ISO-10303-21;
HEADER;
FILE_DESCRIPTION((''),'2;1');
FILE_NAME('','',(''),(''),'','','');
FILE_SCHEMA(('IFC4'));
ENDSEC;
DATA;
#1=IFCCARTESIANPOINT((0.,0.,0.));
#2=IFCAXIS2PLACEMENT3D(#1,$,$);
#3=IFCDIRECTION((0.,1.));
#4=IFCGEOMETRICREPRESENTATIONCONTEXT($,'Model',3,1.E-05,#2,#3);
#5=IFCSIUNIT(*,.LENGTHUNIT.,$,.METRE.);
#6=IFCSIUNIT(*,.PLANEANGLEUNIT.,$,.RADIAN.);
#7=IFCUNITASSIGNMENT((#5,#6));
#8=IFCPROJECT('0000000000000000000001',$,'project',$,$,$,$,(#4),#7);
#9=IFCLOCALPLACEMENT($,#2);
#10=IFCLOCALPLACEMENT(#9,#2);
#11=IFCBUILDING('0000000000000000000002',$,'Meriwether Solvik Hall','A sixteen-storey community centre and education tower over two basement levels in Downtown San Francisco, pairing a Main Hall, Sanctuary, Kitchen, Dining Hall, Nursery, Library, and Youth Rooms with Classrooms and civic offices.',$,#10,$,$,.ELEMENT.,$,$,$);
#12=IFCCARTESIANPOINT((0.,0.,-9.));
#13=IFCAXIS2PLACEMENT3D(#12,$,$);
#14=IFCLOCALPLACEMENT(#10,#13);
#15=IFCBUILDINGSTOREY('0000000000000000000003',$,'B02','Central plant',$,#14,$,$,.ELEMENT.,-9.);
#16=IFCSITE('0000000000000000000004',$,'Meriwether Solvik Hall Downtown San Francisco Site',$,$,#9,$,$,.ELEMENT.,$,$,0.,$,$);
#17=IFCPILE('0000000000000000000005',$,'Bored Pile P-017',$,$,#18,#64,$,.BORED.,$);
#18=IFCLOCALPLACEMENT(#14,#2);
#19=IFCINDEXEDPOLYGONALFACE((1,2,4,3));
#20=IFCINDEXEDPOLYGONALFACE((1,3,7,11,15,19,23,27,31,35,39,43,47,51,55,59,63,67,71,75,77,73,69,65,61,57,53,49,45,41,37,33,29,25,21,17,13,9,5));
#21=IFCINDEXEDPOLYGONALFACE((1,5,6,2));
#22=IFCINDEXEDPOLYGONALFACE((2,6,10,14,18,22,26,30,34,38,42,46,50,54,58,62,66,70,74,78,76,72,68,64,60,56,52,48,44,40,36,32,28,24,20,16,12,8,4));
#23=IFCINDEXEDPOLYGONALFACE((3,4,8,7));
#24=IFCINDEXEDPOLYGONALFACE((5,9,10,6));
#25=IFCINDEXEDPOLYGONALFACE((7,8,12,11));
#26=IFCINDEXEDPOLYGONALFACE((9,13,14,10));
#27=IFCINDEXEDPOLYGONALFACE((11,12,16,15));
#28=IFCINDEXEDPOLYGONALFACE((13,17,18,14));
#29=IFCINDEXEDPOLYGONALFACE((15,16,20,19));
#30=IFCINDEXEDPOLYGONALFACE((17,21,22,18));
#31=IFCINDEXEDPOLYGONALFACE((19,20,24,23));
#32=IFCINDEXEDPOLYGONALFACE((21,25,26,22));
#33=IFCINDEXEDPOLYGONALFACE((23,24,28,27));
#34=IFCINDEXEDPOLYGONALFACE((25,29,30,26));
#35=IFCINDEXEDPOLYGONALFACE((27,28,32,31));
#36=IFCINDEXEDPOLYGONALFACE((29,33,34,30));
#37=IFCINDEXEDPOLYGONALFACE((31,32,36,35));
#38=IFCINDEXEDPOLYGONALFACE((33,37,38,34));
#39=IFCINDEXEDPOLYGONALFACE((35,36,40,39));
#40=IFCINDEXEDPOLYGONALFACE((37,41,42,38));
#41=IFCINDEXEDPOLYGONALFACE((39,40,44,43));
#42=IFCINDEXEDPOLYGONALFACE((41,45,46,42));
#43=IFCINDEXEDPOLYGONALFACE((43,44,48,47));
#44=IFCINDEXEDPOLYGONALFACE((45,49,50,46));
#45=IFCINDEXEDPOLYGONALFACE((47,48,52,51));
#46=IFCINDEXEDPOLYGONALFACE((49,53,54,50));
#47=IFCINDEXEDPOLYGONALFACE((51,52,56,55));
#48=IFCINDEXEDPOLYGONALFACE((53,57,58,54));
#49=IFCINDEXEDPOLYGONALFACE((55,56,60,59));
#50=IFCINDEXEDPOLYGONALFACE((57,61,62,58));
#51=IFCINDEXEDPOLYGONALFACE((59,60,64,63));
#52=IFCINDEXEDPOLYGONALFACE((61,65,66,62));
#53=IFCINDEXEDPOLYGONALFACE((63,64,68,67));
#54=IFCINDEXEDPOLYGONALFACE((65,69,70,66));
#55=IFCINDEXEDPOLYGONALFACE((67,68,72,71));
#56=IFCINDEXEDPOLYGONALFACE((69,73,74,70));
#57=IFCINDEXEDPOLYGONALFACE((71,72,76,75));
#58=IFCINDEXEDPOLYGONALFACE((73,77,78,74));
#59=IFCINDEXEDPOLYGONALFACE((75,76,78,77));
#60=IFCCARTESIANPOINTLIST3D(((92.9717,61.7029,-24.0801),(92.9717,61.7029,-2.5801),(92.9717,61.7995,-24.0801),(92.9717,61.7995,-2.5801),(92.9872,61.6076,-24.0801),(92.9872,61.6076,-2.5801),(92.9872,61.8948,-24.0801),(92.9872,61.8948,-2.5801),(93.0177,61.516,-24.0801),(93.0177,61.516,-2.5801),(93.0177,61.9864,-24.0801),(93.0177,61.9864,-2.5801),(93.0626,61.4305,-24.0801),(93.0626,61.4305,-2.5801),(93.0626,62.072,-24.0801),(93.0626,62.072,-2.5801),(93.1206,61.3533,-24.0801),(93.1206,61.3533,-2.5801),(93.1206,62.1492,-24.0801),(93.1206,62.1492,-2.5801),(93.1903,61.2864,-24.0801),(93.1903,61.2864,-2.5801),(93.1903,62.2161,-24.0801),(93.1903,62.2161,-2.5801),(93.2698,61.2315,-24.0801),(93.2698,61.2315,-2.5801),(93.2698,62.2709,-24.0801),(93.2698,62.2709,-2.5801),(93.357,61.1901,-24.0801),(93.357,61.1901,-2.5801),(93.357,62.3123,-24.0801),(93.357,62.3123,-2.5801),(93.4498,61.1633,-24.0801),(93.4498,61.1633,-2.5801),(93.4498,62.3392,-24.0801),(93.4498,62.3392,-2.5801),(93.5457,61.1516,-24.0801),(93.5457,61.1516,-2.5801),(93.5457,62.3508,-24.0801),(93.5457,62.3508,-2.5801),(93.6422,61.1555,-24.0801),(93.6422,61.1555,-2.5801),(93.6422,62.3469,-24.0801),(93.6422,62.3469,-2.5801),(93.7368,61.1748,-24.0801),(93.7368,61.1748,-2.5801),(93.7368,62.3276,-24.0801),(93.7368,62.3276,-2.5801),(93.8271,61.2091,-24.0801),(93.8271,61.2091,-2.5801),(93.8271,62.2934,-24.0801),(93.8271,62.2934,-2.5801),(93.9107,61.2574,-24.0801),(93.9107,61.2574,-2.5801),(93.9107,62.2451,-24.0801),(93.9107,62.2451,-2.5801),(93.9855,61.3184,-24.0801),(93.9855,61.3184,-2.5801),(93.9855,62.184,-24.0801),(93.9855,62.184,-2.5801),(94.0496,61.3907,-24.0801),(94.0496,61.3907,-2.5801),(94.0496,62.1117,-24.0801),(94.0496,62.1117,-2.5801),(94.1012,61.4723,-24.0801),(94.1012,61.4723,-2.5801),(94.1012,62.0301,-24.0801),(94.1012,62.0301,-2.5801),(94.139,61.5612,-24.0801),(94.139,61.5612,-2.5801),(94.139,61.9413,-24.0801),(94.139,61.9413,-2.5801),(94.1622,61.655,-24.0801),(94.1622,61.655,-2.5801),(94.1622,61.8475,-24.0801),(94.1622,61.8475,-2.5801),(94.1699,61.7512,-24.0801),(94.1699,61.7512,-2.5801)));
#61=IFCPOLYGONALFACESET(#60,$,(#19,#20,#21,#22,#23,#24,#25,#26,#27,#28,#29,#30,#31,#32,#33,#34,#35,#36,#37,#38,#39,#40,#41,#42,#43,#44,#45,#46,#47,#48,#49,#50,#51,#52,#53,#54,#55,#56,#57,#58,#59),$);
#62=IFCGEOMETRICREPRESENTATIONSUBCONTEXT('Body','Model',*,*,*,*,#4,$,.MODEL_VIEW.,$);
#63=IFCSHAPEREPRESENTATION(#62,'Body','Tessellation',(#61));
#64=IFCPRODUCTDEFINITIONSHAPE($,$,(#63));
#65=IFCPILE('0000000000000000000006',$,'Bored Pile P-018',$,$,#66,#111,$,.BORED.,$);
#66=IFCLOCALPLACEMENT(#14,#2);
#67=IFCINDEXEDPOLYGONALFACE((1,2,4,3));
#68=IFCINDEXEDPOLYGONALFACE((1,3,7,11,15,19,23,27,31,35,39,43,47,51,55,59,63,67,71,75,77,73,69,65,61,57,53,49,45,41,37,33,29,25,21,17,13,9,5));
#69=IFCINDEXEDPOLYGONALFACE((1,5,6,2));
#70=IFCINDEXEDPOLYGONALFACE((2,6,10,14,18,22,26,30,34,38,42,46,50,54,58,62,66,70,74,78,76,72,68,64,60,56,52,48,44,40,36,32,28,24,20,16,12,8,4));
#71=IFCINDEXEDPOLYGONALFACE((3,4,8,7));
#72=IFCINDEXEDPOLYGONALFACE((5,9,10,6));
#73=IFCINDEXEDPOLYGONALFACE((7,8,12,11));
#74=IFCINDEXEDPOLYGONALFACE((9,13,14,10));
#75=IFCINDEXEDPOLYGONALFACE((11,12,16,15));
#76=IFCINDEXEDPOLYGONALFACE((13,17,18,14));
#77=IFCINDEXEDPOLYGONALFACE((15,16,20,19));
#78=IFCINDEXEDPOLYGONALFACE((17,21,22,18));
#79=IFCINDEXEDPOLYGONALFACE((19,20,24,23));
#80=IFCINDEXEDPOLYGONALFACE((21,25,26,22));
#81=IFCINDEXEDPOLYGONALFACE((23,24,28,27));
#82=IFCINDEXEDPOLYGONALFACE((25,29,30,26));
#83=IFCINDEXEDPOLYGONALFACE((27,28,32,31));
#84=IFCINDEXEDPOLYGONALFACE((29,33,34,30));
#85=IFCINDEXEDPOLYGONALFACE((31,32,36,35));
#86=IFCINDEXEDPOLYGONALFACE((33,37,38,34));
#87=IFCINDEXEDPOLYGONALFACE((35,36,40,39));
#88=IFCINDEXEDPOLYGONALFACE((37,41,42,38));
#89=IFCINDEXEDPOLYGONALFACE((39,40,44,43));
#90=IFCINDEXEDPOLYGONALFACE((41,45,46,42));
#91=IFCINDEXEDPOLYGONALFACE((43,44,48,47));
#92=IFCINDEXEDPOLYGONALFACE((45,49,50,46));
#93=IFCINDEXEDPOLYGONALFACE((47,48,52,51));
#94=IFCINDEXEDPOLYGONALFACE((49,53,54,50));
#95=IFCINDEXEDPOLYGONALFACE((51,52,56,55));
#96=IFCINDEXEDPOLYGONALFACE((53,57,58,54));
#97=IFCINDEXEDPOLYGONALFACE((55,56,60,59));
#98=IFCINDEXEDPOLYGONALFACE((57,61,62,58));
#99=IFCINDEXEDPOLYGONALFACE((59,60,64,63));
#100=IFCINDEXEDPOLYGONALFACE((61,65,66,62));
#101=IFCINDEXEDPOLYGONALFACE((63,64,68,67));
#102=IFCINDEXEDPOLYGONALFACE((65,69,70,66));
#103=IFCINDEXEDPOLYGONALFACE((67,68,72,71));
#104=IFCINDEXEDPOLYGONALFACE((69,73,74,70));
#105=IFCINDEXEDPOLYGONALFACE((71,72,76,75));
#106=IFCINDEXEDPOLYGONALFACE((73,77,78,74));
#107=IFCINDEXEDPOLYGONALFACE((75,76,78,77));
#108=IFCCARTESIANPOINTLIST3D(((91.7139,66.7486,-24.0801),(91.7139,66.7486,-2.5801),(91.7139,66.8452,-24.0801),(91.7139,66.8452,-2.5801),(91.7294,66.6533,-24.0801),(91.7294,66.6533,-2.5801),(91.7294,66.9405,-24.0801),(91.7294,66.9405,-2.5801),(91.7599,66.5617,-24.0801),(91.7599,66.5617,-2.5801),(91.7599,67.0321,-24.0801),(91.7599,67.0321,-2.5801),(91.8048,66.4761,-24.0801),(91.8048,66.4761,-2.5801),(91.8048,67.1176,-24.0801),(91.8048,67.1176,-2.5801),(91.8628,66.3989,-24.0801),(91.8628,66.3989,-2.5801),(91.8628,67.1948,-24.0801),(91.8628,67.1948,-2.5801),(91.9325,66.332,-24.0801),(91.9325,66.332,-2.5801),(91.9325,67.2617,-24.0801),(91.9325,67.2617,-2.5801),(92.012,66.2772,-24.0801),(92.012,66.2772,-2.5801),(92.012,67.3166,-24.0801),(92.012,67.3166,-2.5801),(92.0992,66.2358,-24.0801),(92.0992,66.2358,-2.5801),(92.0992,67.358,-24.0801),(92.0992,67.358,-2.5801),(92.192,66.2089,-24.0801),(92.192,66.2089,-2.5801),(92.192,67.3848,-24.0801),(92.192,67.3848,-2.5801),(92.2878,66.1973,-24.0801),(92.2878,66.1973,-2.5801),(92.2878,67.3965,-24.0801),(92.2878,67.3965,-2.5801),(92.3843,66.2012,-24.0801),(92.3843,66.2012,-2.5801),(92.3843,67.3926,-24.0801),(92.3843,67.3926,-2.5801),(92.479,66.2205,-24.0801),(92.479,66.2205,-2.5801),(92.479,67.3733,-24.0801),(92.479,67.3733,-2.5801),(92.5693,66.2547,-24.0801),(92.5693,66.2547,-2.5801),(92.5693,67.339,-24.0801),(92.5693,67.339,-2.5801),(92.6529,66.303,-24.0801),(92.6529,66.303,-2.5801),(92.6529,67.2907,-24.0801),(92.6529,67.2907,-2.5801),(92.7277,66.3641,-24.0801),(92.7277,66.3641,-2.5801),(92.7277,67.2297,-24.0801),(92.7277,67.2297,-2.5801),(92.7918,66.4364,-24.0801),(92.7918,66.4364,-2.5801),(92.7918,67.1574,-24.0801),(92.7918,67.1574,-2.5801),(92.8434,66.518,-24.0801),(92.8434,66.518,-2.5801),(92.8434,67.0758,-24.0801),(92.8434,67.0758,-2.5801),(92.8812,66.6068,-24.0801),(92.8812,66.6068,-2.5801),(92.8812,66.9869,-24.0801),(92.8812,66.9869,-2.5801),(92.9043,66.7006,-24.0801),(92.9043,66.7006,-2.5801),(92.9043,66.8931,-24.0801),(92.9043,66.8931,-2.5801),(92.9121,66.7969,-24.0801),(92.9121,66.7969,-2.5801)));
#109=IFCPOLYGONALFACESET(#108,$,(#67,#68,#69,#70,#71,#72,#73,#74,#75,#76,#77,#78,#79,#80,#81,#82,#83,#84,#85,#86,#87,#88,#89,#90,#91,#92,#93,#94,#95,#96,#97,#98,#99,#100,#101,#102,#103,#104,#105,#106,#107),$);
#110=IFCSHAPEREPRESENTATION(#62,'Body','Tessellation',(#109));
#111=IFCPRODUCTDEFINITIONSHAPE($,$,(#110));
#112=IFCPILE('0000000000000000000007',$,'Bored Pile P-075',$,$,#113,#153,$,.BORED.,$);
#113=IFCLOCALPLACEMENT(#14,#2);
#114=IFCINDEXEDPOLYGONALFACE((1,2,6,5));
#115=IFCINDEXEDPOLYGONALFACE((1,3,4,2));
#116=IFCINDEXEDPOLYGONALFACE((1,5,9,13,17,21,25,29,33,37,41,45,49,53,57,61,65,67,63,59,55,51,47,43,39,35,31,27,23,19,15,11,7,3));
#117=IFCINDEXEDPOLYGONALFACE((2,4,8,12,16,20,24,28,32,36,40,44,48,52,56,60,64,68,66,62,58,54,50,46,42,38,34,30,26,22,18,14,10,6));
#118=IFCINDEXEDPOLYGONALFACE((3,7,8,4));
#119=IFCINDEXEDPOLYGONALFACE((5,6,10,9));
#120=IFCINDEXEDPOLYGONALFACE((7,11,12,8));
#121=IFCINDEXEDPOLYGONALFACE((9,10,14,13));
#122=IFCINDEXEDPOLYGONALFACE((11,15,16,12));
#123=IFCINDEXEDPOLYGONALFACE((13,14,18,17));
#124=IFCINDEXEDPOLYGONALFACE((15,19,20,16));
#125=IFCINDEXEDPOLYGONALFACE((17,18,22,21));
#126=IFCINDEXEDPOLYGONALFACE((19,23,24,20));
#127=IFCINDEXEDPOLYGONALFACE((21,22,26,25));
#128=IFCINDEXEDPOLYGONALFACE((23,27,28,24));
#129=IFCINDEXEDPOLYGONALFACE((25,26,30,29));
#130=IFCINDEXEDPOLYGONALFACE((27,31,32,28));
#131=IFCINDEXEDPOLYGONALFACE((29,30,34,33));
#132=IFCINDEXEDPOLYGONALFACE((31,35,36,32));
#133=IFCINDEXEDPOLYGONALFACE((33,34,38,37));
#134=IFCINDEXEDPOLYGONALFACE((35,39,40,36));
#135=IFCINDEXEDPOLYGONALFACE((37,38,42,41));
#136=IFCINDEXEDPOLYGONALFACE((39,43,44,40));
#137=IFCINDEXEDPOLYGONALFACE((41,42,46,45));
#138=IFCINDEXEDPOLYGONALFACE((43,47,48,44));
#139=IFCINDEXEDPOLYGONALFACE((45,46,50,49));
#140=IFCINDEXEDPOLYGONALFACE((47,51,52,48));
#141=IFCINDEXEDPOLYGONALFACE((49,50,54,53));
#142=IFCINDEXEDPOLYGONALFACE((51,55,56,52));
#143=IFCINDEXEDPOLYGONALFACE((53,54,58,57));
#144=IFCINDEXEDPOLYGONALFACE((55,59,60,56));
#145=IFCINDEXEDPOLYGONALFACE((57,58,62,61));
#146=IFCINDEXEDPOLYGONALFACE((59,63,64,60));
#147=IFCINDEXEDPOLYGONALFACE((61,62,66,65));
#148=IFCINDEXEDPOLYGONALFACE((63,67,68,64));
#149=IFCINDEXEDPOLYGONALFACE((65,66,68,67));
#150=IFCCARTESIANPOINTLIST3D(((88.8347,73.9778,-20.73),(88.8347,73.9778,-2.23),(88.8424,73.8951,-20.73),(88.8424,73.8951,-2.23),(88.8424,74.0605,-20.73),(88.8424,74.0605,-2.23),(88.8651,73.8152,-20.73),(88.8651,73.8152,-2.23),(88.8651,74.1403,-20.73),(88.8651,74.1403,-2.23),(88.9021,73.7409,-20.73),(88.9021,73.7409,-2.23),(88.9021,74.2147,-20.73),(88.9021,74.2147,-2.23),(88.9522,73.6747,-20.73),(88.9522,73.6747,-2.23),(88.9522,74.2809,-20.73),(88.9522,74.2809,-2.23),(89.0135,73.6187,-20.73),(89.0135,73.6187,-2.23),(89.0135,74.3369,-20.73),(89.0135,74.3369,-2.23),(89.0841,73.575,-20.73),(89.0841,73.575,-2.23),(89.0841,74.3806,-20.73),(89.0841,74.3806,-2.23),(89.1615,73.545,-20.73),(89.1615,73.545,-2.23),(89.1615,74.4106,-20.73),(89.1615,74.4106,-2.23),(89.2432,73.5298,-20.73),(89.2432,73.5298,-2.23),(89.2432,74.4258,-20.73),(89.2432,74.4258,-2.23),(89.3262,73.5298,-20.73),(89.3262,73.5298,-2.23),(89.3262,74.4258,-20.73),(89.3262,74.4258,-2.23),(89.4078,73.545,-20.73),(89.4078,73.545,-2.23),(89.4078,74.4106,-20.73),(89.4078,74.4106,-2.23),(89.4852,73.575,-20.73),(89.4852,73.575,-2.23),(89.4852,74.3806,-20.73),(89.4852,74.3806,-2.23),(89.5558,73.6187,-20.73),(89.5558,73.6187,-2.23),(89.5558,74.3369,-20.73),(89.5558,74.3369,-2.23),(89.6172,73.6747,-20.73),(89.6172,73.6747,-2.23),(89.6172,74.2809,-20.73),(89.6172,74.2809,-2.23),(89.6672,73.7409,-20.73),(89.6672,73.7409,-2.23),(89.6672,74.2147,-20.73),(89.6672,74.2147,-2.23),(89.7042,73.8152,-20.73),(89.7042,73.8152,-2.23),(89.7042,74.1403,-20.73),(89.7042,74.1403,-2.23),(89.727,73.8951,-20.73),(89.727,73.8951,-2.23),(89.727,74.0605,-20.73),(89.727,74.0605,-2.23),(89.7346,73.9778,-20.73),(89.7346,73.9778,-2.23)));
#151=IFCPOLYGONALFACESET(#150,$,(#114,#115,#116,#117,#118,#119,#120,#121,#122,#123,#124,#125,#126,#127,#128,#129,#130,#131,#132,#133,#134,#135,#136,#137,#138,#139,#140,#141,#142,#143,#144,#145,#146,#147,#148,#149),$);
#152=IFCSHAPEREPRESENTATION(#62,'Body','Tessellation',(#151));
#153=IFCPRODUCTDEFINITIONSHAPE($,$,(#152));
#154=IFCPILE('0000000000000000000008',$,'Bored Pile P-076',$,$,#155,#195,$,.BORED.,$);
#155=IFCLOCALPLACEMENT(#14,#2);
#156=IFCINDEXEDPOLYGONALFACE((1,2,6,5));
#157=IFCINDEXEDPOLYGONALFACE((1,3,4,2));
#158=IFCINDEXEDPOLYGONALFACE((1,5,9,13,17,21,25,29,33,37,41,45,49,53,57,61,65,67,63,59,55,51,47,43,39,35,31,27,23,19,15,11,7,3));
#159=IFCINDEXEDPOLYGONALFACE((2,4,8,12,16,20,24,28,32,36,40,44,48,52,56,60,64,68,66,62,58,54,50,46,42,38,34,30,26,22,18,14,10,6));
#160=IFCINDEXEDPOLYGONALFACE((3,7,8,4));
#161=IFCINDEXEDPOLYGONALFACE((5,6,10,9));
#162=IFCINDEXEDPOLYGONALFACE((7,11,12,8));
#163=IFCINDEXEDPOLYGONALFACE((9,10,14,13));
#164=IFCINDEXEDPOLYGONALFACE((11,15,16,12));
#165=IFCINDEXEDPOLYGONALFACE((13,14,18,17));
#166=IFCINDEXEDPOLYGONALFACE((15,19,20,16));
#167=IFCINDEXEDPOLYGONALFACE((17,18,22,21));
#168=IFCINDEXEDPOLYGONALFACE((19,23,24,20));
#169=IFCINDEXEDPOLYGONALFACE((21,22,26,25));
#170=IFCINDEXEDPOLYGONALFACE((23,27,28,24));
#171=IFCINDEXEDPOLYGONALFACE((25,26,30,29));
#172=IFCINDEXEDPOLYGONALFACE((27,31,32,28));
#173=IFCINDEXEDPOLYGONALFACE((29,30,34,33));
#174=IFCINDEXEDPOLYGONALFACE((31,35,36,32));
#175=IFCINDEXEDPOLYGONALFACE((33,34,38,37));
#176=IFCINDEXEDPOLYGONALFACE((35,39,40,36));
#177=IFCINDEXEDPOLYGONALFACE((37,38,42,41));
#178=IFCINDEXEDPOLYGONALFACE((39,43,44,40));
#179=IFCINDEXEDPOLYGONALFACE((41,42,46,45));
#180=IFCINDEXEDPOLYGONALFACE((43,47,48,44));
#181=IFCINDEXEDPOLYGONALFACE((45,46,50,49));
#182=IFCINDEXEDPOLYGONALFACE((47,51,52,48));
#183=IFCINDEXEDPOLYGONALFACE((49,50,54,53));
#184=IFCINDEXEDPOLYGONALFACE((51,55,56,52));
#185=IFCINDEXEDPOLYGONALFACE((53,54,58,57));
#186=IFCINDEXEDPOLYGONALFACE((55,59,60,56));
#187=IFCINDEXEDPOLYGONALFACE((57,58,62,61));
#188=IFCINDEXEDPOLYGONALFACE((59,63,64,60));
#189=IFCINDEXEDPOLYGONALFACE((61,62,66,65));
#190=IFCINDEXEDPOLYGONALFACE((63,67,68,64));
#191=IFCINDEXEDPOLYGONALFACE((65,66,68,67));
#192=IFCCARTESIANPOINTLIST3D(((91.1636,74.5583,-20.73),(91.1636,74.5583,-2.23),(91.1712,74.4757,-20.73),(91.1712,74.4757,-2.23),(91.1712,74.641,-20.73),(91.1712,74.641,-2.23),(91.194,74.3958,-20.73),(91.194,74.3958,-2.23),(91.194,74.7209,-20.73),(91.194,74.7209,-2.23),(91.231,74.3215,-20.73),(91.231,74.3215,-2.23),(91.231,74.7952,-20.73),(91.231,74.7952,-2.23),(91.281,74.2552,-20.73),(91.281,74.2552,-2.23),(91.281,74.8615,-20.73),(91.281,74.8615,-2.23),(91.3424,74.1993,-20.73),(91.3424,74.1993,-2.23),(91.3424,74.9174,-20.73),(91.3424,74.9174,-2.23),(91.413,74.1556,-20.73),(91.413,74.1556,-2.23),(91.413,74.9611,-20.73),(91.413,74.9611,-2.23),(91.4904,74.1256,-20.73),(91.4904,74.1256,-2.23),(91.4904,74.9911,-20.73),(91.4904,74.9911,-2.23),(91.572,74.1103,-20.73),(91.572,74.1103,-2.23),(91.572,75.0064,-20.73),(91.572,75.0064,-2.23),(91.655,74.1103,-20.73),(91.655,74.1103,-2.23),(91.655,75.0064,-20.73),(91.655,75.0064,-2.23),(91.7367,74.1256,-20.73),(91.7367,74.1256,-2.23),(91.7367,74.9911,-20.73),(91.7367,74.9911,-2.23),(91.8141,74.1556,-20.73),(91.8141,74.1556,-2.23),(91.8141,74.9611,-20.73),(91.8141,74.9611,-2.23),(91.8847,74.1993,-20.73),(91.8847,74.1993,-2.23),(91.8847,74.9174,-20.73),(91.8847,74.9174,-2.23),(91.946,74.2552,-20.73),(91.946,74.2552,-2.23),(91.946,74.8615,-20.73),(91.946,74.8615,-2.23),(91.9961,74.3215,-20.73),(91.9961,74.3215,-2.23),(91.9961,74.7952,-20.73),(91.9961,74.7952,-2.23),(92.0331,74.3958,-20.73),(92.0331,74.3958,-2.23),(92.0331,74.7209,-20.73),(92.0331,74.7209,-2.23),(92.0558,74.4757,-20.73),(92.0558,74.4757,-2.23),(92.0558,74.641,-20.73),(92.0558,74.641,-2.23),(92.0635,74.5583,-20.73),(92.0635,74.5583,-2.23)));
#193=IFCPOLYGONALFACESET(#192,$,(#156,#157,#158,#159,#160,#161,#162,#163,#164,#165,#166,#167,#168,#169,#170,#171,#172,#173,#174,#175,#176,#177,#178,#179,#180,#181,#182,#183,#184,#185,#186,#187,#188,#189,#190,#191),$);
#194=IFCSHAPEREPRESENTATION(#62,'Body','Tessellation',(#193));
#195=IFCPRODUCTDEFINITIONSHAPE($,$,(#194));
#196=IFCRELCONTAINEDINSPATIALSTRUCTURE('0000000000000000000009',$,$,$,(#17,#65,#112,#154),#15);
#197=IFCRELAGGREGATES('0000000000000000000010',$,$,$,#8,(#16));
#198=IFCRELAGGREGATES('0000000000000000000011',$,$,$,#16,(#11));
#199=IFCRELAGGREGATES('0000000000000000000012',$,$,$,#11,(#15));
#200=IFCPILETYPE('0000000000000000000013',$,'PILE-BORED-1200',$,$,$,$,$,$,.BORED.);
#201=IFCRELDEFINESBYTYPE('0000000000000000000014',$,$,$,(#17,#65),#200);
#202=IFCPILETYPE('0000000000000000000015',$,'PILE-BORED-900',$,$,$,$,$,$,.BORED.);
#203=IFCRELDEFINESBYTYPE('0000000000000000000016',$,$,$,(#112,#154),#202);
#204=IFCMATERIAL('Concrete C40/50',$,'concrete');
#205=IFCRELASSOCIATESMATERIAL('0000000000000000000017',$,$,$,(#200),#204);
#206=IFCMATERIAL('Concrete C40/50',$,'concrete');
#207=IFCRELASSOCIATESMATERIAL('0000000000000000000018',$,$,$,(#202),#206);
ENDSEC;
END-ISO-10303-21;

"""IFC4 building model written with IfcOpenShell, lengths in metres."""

from ifc_helpers import new_model, si_unit, direction, frame, origin, origin_2d, place, context, subcontext, project, spatial, circle, extrude, material, material_profile, profile_set, type_object, element, save


model = new_model("IFC4")

# Units and contexts
model_context = context("Model", 3, precision=1e-05, world=origin(), true_north=direction((0.0, 1.0)))
body_context = subcontext(model_context, "Body", "Model", "MODEL_VIEW")
ifc_project = project(units=[si_unit("LENGTHUNIT", "METRE"), si_unit("PLANEANGLEUNIT", "RADIAN")], contexts=[model_context])

# Site, building, storey
site_placement = place(None, origin())
site = spatial("IfcSite", under=ifc_project, at=site_placement, Name="Meriwether Solvik Hall Downtown San Francisco Site", CompositionType="ELEMENT", RefElevation=0.0)
building_placement = place(site_placement, origin())
building = spatial("IfcBuilding", under=site, at=building_placement, Name="Meriwether Solvik Hall", Description="A sixteen-storey community centre and education tower over two basement levels in Downtown San Francisco, pairing a Main Hall, Sanctuary, Kitchen, Dining Hall, Nursery, Library, and Youth Rooms with Classrooms and civic offices.", CompositionType="ELEMENT")
storey_placement = place(building_placement, frame((0.0, 0.0, -9.0)))
storey = spatial("IfcBuildingStorey", under=building, at=storey_placement, Name="B02", Description="Central plant", CompositionType="ELEMENT", Elevation=-9.0)

# Piles
ifc_material_1 = material(Name="Concrete C40/50", Category="concrete")
ifc_material_profile_1 = material_profile(ifc_material_1, circle(Radius=0.6001, at=origin_2d()), Name="PILE-D1200")
ifc_profile_set_1 = profile_set([ifc_material_profile_1], Name="Concrete C40/50")
pile_type_1 = type_object("IfcPileType", Name="PILE-BORED-1200", PredefinedType="BORED", material=ifc_profile_set_1)
for number, where, z_axis, x_axis, name in (
    (1, (93.5698, 61.7512, -2.5801), (0.0, 0.0, -1.0), (1.0, 0.0, 0.0), "Bored Pile P-017"),
    (2, (92.312, 66.7969, -2.5801), (0.0, 0.0, -1.0), (1.0, 0.0, 0.0), "Bored Pile P-018"),
):
    element("IfcPile", number, at=place(storey_placement, frame(where, z_axis=z_axis, x_axis=x_axis)), inside=storey, type_object=pile_type_1, Name=name, PredefinedType="BORED", context=body_context, shape_type="SweptSolid", body=[
        extrude(circle(Radius=0.6001, at=origin_2d()), origin(), (0.0, 0.0, 1.0), 21.5),
    ])
ifc_material_2 = material(Name="Concrete C40/50", Category="concrete")
ifc_material_profile_2 = material_profile(ifc_material_2, circle(Radius=0.45, at=origin_2d()), Name="PILE-D900")
ifc_profile_set_2 = profile_set([ifc_material_profile_2], Name="Concrete C40/50")
pile_type_2 = type_object("IfcPileType", Name="PILE-BORED-900", PredefinedType="BORED", material=ifc_profile_set_2)
for number, where, z_axis, x_axis, name in (
    (3, (89.2847, 73.9778, -2.23), (0.0, 0.0, -1.0), (1.0, 0.0, 0.0), "Bored Pile P-075"),
    (4, (91.6135, 74.5583, -2.23), (0.0, 0.0, -1.0), (1.0, 0.0, 0.0), "Bored Pile P-076"),
):
    element("IfcPile", number, at=place(storey_placement, frame(where, z_axis=z_axis, x_axis=x_axis)), inside=storey, type_object=pile_type_2, Name=name, PredefinedType="BORED", context=body_context, shape_type="SweptSolid", body=[
        extrude(circle(Radius=0.45, at=origin_2d()), origin(), (0.0, 0.0, 1.0), 18.5),
    ])

save(model, "model.ifc")
